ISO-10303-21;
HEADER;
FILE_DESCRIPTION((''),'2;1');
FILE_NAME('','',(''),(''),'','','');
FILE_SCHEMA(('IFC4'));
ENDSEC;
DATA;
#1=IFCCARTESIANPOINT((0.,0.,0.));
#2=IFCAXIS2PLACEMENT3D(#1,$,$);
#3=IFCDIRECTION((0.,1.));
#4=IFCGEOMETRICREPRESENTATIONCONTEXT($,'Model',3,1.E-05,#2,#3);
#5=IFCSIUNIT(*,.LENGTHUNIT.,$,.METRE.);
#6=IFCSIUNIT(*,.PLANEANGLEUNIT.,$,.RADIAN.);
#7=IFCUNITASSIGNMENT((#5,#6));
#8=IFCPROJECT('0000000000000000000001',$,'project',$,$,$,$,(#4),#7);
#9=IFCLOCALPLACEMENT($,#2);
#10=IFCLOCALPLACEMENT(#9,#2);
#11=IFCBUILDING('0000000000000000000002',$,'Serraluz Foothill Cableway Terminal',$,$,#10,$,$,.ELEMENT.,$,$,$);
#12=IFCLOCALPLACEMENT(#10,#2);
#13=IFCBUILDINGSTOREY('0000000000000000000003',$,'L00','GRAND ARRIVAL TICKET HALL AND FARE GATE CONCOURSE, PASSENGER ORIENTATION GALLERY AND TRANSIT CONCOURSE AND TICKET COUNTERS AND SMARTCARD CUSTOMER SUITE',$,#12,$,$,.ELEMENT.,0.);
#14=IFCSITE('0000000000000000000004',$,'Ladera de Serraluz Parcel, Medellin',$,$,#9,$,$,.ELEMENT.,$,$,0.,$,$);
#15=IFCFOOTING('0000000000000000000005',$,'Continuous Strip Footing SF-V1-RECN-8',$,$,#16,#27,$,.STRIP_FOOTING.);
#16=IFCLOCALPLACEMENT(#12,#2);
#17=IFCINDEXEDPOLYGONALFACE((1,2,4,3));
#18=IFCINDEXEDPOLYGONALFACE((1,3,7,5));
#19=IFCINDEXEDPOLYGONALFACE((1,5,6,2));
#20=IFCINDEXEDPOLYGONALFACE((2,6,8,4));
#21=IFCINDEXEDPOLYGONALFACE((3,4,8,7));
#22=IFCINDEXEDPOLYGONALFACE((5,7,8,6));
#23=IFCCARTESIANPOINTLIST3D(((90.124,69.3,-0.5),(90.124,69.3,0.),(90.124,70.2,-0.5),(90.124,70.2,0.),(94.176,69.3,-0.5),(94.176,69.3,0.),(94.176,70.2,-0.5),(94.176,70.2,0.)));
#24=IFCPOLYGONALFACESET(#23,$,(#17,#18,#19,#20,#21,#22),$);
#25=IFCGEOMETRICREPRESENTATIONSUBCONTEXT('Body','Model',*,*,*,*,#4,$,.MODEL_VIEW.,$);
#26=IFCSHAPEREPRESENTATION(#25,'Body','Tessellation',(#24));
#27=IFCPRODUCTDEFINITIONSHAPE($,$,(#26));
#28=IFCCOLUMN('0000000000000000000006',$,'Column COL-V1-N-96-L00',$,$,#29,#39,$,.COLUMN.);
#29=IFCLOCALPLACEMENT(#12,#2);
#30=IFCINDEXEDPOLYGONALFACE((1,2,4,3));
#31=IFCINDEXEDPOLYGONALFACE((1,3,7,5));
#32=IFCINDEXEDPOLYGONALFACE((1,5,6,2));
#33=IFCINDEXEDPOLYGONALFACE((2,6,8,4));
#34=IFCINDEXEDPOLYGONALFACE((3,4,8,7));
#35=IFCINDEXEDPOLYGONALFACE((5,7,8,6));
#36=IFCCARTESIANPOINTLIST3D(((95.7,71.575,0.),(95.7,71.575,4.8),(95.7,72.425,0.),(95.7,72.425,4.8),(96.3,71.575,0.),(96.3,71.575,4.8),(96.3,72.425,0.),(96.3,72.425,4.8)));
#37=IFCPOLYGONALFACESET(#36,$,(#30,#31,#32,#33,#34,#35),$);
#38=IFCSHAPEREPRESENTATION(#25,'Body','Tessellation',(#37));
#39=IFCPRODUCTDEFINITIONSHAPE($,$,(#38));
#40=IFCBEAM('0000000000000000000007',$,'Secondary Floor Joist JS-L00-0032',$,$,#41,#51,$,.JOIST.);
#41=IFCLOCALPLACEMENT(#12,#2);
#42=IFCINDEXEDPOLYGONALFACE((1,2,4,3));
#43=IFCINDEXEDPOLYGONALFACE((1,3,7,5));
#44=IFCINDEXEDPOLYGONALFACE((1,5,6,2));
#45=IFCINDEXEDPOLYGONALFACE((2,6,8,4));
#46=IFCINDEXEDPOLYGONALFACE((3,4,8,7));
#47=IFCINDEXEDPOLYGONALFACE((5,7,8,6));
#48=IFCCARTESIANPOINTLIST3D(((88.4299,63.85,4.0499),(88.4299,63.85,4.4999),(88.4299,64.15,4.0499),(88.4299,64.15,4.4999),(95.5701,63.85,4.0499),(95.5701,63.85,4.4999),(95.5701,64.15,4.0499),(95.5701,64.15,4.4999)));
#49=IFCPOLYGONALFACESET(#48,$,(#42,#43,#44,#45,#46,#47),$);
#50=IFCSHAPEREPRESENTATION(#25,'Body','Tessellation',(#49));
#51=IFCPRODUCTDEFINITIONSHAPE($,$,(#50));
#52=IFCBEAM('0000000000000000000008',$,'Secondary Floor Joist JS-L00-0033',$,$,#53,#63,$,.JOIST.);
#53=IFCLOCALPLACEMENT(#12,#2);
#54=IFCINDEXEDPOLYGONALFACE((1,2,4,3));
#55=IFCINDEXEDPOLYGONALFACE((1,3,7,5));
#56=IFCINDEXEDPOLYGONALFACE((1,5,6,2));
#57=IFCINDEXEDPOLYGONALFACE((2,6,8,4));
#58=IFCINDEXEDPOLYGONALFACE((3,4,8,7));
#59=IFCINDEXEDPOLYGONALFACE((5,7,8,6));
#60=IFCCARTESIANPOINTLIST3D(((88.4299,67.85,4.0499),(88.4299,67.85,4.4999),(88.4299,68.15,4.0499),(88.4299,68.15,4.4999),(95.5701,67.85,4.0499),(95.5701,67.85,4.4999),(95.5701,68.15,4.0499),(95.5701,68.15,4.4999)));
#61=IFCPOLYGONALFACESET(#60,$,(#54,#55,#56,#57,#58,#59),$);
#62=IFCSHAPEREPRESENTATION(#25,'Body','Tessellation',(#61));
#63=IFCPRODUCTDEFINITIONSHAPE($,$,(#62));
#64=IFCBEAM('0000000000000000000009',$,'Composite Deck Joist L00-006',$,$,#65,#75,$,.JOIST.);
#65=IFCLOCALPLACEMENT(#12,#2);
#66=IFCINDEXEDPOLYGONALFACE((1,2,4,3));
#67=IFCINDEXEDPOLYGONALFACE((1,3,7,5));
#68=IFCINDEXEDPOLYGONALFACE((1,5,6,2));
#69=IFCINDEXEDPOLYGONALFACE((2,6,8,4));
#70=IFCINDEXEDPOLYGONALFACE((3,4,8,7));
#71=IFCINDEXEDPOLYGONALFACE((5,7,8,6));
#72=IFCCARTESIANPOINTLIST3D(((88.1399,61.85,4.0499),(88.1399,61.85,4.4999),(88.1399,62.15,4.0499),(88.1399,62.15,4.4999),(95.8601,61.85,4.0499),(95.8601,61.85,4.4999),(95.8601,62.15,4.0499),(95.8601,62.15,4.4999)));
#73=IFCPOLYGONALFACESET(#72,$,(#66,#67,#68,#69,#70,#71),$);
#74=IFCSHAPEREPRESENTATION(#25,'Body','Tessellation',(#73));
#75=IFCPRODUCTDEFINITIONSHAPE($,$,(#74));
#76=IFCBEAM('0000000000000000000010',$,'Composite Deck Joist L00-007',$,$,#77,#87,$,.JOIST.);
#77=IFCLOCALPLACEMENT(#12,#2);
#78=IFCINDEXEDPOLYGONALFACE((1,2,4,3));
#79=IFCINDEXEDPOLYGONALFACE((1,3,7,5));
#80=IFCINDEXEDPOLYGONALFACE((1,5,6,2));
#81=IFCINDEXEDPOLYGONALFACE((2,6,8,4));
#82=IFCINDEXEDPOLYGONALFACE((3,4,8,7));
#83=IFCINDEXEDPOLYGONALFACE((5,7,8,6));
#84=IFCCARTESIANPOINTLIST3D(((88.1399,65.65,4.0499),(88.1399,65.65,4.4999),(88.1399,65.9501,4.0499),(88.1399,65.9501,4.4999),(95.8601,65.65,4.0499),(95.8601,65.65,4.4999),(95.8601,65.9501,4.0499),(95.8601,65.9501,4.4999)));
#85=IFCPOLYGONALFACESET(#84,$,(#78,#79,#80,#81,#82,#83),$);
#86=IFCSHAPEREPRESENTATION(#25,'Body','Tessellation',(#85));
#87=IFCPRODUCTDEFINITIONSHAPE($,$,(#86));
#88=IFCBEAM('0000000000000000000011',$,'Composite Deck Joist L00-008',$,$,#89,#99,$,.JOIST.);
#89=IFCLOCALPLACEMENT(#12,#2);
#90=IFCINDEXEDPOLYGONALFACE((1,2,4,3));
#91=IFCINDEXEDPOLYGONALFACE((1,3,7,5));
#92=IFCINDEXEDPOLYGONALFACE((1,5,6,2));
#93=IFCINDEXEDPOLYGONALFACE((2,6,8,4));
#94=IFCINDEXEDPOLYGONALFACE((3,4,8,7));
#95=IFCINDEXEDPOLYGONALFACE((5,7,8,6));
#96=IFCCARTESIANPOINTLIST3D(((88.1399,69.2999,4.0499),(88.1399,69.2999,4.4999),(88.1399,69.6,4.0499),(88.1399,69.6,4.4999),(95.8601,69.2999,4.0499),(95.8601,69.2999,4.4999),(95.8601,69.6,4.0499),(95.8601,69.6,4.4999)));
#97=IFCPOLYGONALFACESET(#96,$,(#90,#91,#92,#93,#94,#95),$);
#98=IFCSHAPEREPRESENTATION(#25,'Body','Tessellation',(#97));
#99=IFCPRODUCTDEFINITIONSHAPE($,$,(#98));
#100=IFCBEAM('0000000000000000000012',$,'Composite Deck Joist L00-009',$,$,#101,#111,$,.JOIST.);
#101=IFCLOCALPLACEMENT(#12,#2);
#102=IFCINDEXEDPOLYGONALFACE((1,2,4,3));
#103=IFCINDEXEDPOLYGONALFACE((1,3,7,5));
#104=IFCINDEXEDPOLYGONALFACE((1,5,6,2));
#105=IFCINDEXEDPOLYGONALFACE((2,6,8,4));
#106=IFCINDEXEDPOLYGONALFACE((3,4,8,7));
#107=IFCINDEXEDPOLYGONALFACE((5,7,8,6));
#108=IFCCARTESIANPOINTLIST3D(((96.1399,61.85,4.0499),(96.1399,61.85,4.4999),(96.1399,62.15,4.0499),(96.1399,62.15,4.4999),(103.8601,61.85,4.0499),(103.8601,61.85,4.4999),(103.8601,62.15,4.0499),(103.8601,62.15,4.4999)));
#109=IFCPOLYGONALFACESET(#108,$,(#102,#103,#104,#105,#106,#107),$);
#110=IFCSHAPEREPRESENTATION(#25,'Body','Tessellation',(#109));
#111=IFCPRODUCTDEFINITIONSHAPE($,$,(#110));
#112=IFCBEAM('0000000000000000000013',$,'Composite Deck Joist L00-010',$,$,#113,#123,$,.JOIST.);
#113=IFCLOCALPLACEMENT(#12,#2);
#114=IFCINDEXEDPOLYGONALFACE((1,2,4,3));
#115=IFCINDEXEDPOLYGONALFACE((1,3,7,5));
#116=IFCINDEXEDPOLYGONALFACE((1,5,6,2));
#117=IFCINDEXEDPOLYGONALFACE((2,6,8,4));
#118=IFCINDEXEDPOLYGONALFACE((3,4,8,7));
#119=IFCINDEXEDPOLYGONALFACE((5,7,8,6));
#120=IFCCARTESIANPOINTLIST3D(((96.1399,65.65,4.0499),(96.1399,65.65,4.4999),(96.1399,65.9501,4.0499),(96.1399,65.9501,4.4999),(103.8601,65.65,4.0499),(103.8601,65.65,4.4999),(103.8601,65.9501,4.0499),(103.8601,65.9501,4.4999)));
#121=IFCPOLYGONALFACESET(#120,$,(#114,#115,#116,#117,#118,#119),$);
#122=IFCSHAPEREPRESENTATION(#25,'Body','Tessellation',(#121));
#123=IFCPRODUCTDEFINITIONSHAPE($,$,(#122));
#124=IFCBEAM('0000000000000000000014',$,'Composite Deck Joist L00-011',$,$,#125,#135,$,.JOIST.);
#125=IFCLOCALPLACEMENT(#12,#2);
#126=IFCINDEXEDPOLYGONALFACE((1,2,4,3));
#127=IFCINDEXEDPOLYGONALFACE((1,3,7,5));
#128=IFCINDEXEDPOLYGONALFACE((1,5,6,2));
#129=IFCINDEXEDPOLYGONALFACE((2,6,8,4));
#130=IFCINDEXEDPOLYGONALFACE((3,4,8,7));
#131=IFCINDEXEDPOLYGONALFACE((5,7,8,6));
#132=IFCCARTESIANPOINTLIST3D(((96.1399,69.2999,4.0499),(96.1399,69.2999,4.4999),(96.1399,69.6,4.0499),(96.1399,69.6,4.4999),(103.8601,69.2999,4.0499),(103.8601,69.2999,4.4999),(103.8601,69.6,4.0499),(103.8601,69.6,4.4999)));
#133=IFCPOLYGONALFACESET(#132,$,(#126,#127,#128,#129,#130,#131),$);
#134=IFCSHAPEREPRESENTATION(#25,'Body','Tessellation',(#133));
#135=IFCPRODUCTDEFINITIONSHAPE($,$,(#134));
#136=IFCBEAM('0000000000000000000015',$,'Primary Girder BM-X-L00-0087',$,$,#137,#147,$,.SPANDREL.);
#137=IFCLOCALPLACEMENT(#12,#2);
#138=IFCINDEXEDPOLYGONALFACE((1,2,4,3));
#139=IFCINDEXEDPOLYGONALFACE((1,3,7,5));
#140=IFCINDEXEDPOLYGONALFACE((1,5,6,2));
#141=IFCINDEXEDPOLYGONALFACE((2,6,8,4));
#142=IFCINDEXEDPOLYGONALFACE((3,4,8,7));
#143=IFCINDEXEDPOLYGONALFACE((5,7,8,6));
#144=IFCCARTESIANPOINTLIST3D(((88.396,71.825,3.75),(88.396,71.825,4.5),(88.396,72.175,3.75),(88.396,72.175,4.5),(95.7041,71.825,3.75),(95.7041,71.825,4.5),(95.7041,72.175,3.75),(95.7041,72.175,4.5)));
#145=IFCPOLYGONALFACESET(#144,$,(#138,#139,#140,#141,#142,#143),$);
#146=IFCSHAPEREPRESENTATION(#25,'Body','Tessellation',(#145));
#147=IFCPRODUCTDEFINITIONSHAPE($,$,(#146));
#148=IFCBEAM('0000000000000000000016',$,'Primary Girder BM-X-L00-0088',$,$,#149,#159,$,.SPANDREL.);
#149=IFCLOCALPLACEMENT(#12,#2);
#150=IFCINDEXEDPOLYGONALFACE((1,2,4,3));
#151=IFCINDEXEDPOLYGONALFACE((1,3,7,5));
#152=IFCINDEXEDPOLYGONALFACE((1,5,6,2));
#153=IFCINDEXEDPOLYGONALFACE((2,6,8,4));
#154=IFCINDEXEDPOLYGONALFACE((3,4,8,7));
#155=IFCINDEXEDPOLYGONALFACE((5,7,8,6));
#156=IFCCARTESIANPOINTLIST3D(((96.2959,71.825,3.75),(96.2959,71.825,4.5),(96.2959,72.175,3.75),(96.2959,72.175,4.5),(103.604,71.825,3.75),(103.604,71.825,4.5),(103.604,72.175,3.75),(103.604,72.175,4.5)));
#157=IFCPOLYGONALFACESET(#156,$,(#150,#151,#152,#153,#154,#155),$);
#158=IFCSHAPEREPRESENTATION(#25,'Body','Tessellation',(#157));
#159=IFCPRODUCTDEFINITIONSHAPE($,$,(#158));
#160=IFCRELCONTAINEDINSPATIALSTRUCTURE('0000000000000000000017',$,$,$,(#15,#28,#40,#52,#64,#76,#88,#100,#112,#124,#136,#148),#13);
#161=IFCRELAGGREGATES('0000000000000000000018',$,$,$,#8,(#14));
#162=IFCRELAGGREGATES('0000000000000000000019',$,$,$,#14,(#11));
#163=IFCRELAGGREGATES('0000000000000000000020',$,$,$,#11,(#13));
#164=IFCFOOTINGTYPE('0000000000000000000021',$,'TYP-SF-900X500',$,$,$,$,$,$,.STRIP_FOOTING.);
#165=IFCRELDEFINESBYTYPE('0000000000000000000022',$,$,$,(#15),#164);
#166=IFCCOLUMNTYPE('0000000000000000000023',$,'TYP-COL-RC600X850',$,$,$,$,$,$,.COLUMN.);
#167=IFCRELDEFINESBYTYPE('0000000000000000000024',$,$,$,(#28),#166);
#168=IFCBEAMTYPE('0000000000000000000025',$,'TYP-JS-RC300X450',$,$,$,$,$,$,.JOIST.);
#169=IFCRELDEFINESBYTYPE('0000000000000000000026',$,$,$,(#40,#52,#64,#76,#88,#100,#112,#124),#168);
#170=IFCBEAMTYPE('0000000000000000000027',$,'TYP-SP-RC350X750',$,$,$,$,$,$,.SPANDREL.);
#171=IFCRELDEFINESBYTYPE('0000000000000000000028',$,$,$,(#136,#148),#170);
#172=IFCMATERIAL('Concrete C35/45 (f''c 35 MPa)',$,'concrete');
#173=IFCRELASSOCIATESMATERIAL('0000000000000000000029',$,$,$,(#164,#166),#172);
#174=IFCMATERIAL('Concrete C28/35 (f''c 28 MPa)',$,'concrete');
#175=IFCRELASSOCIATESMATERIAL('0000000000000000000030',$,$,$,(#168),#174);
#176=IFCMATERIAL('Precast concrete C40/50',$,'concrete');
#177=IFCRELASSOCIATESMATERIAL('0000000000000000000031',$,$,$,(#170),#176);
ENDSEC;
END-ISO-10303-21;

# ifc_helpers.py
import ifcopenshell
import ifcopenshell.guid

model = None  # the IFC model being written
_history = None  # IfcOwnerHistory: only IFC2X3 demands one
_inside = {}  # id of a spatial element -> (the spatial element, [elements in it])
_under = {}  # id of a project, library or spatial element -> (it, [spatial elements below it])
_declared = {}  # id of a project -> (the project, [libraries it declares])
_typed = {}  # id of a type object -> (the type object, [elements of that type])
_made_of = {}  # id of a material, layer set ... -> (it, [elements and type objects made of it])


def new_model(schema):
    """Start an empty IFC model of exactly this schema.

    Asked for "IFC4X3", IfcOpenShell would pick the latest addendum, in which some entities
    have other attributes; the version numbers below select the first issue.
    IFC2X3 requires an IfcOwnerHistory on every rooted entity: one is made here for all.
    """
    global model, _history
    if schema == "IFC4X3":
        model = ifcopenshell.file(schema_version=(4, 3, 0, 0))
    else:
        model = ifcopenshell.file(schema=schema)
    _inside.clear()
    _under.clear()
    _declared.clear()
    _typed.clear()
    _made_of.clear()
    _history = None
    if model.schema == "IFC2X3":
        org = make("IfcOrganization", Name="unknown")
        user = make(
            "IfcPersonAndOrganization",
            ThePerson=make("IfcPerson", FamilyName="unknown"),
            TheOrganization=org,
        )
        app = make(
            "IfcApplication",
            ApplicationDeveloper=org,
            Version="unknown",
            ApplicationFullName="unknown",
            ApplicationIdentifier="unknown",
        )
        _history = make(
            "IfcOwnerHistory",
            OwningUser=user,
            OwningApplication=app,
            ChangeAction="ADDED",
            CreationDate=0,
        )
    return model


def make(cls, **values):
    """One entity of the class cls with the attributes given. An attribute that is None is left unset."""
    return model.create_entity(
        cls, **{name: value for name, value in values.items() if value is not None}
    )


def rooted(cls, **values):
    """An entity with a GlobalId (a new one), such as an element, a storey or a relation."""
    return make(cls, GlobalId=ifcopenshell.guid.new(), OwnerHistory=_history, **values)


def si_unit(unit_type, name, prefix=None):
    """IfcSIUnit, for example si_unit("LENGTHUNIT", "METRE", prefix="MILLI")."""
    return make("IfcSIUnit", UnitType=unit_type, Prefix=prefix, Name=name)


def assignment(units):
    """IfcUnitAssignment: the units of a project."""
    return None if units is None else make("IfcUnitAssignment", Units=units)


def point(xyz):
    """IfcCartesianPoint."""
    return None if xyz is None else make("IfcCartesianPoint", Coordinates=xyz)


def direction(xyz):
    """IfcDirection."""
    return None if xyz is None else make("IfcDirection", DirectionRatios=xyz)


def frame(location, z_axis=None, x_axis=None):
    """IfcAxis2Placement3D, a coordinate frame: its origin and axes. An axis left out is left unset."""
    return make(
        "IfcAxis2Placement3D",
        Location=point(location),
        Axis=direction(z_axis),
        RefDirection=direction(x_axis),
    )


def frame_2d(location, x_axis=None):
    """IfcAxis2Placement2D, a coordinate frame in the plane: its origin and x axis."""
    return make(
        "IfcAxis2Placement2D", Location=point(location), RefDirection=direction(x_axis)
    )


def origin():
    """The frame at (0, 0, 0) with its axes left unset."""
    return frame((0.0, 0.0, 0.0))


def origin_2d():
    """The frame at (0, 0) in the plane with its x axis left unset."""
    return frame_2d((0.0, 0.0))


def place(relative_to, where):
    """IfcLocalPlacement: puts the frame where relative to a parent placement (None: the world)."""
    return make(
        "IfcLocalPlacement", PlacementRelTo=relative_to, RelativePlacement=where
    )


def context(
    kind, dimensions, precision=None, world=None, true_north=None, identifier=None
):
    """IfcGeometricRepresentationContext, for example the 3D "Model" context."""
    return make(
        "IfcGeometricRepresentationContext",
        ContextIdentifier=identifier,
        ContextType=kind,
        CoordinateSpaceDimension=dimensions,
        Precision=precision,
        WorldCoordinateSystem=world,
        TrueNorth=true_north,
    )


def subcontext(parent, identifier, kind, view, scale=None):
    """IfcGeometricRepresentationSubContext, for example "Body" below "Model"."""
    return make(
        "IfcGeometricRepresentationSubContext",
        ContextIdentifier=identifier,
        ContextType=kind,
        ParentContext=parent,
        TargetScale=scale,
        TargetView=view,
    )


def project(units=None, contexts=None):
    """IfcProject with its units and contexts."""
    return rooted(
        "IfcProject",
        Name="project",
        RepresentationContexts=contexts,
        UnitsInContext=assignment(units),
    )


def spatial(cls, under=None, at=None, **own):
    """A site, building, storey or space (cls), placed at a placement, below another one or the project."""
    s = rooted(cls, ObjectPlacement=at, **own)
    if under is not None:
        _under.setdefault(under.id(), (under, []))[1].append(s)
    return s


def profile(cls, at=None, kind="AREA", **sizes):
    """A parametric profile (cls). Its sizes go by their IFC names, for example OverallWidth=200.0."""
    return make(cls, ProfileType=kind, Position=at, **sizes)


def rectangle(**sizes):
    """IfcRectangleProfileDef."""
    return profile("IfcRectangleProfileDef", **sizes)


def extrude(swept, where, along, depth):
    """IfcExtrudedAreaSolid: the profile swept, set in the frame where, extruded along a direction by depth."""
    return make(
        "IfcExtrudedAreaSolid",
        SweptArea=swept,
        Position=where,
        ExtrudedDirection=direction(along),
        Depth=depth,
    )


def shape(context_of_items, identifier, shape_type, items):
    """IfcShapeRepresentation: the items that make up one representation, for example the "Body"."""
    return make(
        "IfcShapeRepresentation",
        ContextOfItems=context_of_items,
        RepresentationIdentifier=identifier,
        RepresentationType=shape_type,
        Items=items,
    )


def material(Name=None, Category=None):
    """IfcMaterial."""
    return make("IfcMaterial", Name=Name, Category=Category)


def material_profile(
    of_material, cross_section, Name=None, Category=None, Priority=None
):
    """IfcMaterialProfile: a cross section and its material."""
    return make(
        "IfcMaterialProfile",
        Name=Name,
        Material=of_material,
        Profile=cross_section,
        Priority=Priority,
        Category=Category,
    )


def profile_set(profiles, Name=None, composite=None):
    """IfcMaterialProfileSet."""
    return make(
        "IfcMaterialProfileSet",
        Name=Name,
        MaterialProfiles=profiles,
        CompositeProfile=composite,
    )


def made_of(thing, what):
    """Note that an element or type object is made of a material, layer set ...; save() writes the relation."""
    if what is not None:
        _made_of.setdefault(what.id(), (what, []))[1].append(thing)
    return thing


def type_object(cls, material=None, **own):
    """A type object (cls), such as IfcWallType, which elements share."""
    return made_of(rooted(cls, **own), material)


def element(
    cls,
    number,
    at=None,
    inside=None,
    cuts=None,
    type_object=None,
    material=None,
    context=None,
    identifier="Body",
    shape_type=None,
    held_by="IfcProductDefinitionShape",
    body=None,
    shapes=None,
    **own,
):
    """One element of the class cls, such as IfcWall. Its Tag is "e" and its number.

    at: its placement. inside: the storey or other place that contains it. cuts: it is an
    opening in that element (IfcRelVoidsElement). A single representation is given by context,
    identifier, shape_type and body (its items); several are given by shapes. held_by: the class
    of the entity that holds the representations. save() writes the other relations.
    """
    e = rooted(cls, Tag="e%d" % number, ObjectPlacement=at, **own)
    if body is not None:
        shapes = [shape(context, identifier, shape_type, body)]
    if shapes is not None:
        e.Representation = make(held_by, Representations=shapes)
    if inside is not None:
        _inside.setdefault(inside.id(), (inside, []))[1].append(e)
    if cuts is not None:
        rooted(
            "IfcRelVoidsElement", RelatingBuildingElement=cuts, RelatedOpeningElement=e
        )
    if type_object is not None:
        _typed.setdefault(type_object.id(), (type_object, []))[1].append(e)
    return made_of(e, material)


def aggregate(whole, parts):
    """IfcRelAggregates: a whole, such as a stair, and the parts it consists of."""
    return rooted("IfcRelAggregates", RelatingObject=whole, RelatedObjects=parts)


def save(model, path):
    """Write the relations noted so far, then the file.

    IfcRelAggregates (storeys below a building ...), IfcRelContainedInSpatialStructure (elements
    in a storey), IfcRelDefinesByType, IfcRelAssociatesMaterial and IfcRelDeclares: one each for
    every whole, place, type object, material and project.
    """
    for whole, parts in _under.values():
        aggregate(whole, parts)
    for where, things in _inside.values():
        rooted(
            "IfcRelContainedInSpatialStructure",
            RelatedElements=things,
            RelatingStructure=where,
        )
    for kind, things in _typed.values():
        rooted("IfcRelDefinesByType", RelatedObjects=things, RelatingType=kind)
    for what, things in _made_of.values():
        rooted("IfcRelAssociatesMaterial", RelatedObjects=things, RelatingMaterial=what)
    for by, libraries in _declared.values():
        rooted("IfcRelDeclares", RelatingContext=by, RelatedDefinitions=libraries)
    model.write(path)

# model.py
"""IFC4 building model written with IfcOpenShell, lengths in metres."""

from ifc_helpers import new_model, si_unit, direction, frame, origin, origin_2d, place, context, subcontext, project, spatial, rectangle, extrude, material, material_profile, profile_set, type_object, element, save


model = new_model("IFC4")

# Units and contexts
model_context = context("Model", 3, precision=1e-05, world=origin(), true_north=direction((0.0, 1.0)))
body_context = subcontext(model_context, "Body", "Model", "MODEL_VIEW")
ifc_project = project(units=[si_unit("LENGTHUNIT", "METRE"), si_unit("PLANEANGLEUNIT", "RADIAN")], contexts=[model_context])

# Site, building, storey
site_placement = place(None, origin())
site = spatial("IfcSite", under=ifc_project, at=site_placement, Name="Ladera de Serraluz Parcel, Medellin", CompositionType="ELEMENT", RefElevation=0.0)
building_placement = place(site_placement, origin())
building = spatial("IfcBuilding", under=site, at=building_placement, Name="Serraluz Foothill Cableway Terminal", CompositionType="ELEMENT")
storey_placement = place(building_placement, origin())
storey = spatial("IfcBuildingStorey", under=building, at=storey_placement, Name="L00", Description="GRAND ARRIVAL TICKET HALL AND FARE GATE CONCOURSE, PASSENGER ORIENTATION GALLERY AND TRANSIT CONCOURSE AND TICKET COUNTERS AND SMARTCARD CUSTOMER SUITE", CompositionType="ELEMENT", Elevation=0.0)

# Shared definitions
ifc_material_1 = material(Name="Concrete C35/45 (f'c 35 MPa)", Category="concrete")

# Shared definitions
ifc_material_2 = material(Name="Concrete C28/35 (f'c 28 MPa)", Category="concrete")

# Footing
ifc_material_profile_1 = material_profile(ifc_material_1, rectangle(XDim=0.8999, YDim=0.5, at=origin_2d()), Name="SF 900x500")
ifc_profile_set_1 = profile_set([ifc_material_profile_1], Name="Concrete C35/45 (f'c 35 MPa)")
footing_type_1 = type_object("IfcFootingType", Name="TYP-SF-900X500", PredefinedType="STRIP_FOOTING", material=ifc_profile_set_1)
footing_1_placement = place(storey_placement, frame((90.124, 69.75, -0.25), z_axis=(1.0, 0.0, 0.0), x_axis=(0.0, 1.0, 0.0)))
element("IfcFooting", 1, at=footing_1_placement, inside=storey, type_object=footing_type_1, Name="Continuous Strip Footing SF-V1-RECN-8", PredefinedType="STRIP_FOOTING", context=body_context, shape_type="SweptSolid", body=[
    extrude(rectangle(XDim=0.8999, YDim=0.5, at=origin_2d()), origin(), (0.0, 0.0, 1.0), 4.052),
])

# Column
ifc_material_profile_2 = material_profile(ifc_material_1, rectangle(XDim=0.6001, YDim=0.8501, at=origin_2d()), Name="RC 600x850")
ifc_profile_set_2 = profile_set([ifc_material_profile_2], Name="Concrete C35/45 (f'c 35 MPa)")
column_type = type_object("IfcColumnType", Name="TYP-COL-RC600X850", PredefinedType="COLUMN", material=ifc_profile_set_2)
column_placement = place(storey_placement, frame((96.0, 72.0, 0.0), z_axis=(0.0, 0.0, 1.0), x_axis=(1.0, 0.0, 0.0)))
element("IfcColumn", 2, at=column_placement, inside=storey, type_object=column_type, Name="Column COL-V1-N-96-L00", PredefinedType="COLUMN", context=body_context, shape_type="SweptSolid", body=[
    extrude(rectangle(XDim=0.6001, YDim=0.8501, at=origin_2d()), origin(), (0.0, 0.0, 1.0), 4.8),
])

# Beams
ifc_material_profile_3 = material_profile(ifc_material_2, rectangle(XDim=0.3, YDim=0.45, at=origin_2d()), Name="RC 300x450")
ifc_profile_set_3 = profile_set([ifc_material_profile_3], Name="Concrete C28/35 (f'c 28 MPa)")
beam_type_1 = type_object("IfcBeamType", Name="TYP-JS-RC300X450", PredefinedType="JOIST", material=ifc_profile_set_3)
for number, where, z_axis, x_axis, name in (
    (3, (88.4299, 64.0, 4.2749), (1.0, 0.0, 0.0), (0.0, 1.0, 0.0), "Secondary Floor Joist JS-L00-0032"),
    (4, (88.4299, 68.0, 4.2749), (1.0, 0.0, 0.0), (0.0, 1.0, 0.0), "Secondary Floor Joist JS-L00-0033"),
):
    element("IfcBeam", number, at=place(storey_placement, frame(where, z_axis=z_axis, x_axis=x_axis)), inside=storey, type_object=beam_type_1, Name=name, PredefinedType="JOIST", context=body_context, shape_type="SweptSolid", body=[
        extrude(rectangle(XDim=0.3, YDim=0.45, at=origin_2d()), origin(), (0.0, 0.0, 1.0), 7.1401),
    ])
for number, where, z_axis, x_axis, name in (
    (5, (88.1399, 62.0, 4.2749), (1.0, 0.0, 0.0), (0.0, 1.0, 0.0), "Composite Deck Joist L00-006"),
    (6, (88.1399, 65.8, 4.2749), (1.0, 0.0, 0.0), (0.0, 1.0, 0.0), "Composite Deck Joist L00-007"),
    (7, (88.1399, 69.45, 4.2749), (1.0, 0.0, 0.0), (0.0, 1.0, 0.0), "Composite Deck Joist L00-008"),
    (8, (96.1399, 62.0, 4.2749), (1.0, 0.0, 0.0), (0.0, 1.0, 0.0), "Composite Deck Joist L00-009"),
    (9, (96.1399, 65.8, 4.2749), (1.0, 0.0, 0.0), (0.0, 1.0, 0.0), "Composite Deck Joist L00-010"),
    (10, (96.1399, 69.45, 4.2749), (1.0, 0.0, 0.0), (0.0, 1.0, 0.0), "Composite Deck Joist L00-011"),
):
    element("IfcBeam", number, at=place(storey_placement, frame(where, z_axis=z_axis, x_axis=x_axis)), inside=storey, type_object=beam_type_1, Name=name, PredefinedType="JOIST", context=body_context, shape_type="SweptSolid", body=[
        extrude(rectangle(XDim=0.3, YDim=0.45, at=origin_2d()), origin(), (0.0, 0.0, 1.0), 7.7202),
    ])
ifc_material_3 = material(Name="Precast concrete C40/50", Category="concrete")
ifc_material_profile_4 = material_profile(ifc_material_3, rectangle(XDim=0.3501, YDim=0.75, at=origin_2d()), Name="RC SP 350x750")
ifc_profile_set_4 = profile_set([ifc_material_profile_4], Name="Precast concrete C40/50")
beam_type_2 = type_object("IfcBeamType", Name="TYP-SP-RC350X750", PredefinedType="SPANDREL", material=ifc_profile_set_4)
for number, where, z_axis, x_axis, name in (
    (11, (88.396, 72.0, 4.125), (1.0, 0.0, 0.0), (0.0, 1.0, 0.0), "Primary Girder BM-X-L00-0087"),
    (12, (96.2959, 72.0, 4.125), (1.0, 0.0, 0.0), (0.0, 1.0, 0.0), "Primary Girder BM-X-L00-0088"),
):
    element("IfcBeam", number, at=place(storey_placement, frame(where, z_axis=z_axis, x_axis=x_axis)), inside=storey, type_object=beam_type_2, Name=name, PredefinedType="SPANDREL", context=body_context, shape_type="SweptSolid", body=[
        extrude(rectangle(XDim=0.3501, YDim=0.75, at=origin_2d()), origin(), (0.0, 0.0, 1.0), 7.3081),
    ])

save(model, "model.ifc")
